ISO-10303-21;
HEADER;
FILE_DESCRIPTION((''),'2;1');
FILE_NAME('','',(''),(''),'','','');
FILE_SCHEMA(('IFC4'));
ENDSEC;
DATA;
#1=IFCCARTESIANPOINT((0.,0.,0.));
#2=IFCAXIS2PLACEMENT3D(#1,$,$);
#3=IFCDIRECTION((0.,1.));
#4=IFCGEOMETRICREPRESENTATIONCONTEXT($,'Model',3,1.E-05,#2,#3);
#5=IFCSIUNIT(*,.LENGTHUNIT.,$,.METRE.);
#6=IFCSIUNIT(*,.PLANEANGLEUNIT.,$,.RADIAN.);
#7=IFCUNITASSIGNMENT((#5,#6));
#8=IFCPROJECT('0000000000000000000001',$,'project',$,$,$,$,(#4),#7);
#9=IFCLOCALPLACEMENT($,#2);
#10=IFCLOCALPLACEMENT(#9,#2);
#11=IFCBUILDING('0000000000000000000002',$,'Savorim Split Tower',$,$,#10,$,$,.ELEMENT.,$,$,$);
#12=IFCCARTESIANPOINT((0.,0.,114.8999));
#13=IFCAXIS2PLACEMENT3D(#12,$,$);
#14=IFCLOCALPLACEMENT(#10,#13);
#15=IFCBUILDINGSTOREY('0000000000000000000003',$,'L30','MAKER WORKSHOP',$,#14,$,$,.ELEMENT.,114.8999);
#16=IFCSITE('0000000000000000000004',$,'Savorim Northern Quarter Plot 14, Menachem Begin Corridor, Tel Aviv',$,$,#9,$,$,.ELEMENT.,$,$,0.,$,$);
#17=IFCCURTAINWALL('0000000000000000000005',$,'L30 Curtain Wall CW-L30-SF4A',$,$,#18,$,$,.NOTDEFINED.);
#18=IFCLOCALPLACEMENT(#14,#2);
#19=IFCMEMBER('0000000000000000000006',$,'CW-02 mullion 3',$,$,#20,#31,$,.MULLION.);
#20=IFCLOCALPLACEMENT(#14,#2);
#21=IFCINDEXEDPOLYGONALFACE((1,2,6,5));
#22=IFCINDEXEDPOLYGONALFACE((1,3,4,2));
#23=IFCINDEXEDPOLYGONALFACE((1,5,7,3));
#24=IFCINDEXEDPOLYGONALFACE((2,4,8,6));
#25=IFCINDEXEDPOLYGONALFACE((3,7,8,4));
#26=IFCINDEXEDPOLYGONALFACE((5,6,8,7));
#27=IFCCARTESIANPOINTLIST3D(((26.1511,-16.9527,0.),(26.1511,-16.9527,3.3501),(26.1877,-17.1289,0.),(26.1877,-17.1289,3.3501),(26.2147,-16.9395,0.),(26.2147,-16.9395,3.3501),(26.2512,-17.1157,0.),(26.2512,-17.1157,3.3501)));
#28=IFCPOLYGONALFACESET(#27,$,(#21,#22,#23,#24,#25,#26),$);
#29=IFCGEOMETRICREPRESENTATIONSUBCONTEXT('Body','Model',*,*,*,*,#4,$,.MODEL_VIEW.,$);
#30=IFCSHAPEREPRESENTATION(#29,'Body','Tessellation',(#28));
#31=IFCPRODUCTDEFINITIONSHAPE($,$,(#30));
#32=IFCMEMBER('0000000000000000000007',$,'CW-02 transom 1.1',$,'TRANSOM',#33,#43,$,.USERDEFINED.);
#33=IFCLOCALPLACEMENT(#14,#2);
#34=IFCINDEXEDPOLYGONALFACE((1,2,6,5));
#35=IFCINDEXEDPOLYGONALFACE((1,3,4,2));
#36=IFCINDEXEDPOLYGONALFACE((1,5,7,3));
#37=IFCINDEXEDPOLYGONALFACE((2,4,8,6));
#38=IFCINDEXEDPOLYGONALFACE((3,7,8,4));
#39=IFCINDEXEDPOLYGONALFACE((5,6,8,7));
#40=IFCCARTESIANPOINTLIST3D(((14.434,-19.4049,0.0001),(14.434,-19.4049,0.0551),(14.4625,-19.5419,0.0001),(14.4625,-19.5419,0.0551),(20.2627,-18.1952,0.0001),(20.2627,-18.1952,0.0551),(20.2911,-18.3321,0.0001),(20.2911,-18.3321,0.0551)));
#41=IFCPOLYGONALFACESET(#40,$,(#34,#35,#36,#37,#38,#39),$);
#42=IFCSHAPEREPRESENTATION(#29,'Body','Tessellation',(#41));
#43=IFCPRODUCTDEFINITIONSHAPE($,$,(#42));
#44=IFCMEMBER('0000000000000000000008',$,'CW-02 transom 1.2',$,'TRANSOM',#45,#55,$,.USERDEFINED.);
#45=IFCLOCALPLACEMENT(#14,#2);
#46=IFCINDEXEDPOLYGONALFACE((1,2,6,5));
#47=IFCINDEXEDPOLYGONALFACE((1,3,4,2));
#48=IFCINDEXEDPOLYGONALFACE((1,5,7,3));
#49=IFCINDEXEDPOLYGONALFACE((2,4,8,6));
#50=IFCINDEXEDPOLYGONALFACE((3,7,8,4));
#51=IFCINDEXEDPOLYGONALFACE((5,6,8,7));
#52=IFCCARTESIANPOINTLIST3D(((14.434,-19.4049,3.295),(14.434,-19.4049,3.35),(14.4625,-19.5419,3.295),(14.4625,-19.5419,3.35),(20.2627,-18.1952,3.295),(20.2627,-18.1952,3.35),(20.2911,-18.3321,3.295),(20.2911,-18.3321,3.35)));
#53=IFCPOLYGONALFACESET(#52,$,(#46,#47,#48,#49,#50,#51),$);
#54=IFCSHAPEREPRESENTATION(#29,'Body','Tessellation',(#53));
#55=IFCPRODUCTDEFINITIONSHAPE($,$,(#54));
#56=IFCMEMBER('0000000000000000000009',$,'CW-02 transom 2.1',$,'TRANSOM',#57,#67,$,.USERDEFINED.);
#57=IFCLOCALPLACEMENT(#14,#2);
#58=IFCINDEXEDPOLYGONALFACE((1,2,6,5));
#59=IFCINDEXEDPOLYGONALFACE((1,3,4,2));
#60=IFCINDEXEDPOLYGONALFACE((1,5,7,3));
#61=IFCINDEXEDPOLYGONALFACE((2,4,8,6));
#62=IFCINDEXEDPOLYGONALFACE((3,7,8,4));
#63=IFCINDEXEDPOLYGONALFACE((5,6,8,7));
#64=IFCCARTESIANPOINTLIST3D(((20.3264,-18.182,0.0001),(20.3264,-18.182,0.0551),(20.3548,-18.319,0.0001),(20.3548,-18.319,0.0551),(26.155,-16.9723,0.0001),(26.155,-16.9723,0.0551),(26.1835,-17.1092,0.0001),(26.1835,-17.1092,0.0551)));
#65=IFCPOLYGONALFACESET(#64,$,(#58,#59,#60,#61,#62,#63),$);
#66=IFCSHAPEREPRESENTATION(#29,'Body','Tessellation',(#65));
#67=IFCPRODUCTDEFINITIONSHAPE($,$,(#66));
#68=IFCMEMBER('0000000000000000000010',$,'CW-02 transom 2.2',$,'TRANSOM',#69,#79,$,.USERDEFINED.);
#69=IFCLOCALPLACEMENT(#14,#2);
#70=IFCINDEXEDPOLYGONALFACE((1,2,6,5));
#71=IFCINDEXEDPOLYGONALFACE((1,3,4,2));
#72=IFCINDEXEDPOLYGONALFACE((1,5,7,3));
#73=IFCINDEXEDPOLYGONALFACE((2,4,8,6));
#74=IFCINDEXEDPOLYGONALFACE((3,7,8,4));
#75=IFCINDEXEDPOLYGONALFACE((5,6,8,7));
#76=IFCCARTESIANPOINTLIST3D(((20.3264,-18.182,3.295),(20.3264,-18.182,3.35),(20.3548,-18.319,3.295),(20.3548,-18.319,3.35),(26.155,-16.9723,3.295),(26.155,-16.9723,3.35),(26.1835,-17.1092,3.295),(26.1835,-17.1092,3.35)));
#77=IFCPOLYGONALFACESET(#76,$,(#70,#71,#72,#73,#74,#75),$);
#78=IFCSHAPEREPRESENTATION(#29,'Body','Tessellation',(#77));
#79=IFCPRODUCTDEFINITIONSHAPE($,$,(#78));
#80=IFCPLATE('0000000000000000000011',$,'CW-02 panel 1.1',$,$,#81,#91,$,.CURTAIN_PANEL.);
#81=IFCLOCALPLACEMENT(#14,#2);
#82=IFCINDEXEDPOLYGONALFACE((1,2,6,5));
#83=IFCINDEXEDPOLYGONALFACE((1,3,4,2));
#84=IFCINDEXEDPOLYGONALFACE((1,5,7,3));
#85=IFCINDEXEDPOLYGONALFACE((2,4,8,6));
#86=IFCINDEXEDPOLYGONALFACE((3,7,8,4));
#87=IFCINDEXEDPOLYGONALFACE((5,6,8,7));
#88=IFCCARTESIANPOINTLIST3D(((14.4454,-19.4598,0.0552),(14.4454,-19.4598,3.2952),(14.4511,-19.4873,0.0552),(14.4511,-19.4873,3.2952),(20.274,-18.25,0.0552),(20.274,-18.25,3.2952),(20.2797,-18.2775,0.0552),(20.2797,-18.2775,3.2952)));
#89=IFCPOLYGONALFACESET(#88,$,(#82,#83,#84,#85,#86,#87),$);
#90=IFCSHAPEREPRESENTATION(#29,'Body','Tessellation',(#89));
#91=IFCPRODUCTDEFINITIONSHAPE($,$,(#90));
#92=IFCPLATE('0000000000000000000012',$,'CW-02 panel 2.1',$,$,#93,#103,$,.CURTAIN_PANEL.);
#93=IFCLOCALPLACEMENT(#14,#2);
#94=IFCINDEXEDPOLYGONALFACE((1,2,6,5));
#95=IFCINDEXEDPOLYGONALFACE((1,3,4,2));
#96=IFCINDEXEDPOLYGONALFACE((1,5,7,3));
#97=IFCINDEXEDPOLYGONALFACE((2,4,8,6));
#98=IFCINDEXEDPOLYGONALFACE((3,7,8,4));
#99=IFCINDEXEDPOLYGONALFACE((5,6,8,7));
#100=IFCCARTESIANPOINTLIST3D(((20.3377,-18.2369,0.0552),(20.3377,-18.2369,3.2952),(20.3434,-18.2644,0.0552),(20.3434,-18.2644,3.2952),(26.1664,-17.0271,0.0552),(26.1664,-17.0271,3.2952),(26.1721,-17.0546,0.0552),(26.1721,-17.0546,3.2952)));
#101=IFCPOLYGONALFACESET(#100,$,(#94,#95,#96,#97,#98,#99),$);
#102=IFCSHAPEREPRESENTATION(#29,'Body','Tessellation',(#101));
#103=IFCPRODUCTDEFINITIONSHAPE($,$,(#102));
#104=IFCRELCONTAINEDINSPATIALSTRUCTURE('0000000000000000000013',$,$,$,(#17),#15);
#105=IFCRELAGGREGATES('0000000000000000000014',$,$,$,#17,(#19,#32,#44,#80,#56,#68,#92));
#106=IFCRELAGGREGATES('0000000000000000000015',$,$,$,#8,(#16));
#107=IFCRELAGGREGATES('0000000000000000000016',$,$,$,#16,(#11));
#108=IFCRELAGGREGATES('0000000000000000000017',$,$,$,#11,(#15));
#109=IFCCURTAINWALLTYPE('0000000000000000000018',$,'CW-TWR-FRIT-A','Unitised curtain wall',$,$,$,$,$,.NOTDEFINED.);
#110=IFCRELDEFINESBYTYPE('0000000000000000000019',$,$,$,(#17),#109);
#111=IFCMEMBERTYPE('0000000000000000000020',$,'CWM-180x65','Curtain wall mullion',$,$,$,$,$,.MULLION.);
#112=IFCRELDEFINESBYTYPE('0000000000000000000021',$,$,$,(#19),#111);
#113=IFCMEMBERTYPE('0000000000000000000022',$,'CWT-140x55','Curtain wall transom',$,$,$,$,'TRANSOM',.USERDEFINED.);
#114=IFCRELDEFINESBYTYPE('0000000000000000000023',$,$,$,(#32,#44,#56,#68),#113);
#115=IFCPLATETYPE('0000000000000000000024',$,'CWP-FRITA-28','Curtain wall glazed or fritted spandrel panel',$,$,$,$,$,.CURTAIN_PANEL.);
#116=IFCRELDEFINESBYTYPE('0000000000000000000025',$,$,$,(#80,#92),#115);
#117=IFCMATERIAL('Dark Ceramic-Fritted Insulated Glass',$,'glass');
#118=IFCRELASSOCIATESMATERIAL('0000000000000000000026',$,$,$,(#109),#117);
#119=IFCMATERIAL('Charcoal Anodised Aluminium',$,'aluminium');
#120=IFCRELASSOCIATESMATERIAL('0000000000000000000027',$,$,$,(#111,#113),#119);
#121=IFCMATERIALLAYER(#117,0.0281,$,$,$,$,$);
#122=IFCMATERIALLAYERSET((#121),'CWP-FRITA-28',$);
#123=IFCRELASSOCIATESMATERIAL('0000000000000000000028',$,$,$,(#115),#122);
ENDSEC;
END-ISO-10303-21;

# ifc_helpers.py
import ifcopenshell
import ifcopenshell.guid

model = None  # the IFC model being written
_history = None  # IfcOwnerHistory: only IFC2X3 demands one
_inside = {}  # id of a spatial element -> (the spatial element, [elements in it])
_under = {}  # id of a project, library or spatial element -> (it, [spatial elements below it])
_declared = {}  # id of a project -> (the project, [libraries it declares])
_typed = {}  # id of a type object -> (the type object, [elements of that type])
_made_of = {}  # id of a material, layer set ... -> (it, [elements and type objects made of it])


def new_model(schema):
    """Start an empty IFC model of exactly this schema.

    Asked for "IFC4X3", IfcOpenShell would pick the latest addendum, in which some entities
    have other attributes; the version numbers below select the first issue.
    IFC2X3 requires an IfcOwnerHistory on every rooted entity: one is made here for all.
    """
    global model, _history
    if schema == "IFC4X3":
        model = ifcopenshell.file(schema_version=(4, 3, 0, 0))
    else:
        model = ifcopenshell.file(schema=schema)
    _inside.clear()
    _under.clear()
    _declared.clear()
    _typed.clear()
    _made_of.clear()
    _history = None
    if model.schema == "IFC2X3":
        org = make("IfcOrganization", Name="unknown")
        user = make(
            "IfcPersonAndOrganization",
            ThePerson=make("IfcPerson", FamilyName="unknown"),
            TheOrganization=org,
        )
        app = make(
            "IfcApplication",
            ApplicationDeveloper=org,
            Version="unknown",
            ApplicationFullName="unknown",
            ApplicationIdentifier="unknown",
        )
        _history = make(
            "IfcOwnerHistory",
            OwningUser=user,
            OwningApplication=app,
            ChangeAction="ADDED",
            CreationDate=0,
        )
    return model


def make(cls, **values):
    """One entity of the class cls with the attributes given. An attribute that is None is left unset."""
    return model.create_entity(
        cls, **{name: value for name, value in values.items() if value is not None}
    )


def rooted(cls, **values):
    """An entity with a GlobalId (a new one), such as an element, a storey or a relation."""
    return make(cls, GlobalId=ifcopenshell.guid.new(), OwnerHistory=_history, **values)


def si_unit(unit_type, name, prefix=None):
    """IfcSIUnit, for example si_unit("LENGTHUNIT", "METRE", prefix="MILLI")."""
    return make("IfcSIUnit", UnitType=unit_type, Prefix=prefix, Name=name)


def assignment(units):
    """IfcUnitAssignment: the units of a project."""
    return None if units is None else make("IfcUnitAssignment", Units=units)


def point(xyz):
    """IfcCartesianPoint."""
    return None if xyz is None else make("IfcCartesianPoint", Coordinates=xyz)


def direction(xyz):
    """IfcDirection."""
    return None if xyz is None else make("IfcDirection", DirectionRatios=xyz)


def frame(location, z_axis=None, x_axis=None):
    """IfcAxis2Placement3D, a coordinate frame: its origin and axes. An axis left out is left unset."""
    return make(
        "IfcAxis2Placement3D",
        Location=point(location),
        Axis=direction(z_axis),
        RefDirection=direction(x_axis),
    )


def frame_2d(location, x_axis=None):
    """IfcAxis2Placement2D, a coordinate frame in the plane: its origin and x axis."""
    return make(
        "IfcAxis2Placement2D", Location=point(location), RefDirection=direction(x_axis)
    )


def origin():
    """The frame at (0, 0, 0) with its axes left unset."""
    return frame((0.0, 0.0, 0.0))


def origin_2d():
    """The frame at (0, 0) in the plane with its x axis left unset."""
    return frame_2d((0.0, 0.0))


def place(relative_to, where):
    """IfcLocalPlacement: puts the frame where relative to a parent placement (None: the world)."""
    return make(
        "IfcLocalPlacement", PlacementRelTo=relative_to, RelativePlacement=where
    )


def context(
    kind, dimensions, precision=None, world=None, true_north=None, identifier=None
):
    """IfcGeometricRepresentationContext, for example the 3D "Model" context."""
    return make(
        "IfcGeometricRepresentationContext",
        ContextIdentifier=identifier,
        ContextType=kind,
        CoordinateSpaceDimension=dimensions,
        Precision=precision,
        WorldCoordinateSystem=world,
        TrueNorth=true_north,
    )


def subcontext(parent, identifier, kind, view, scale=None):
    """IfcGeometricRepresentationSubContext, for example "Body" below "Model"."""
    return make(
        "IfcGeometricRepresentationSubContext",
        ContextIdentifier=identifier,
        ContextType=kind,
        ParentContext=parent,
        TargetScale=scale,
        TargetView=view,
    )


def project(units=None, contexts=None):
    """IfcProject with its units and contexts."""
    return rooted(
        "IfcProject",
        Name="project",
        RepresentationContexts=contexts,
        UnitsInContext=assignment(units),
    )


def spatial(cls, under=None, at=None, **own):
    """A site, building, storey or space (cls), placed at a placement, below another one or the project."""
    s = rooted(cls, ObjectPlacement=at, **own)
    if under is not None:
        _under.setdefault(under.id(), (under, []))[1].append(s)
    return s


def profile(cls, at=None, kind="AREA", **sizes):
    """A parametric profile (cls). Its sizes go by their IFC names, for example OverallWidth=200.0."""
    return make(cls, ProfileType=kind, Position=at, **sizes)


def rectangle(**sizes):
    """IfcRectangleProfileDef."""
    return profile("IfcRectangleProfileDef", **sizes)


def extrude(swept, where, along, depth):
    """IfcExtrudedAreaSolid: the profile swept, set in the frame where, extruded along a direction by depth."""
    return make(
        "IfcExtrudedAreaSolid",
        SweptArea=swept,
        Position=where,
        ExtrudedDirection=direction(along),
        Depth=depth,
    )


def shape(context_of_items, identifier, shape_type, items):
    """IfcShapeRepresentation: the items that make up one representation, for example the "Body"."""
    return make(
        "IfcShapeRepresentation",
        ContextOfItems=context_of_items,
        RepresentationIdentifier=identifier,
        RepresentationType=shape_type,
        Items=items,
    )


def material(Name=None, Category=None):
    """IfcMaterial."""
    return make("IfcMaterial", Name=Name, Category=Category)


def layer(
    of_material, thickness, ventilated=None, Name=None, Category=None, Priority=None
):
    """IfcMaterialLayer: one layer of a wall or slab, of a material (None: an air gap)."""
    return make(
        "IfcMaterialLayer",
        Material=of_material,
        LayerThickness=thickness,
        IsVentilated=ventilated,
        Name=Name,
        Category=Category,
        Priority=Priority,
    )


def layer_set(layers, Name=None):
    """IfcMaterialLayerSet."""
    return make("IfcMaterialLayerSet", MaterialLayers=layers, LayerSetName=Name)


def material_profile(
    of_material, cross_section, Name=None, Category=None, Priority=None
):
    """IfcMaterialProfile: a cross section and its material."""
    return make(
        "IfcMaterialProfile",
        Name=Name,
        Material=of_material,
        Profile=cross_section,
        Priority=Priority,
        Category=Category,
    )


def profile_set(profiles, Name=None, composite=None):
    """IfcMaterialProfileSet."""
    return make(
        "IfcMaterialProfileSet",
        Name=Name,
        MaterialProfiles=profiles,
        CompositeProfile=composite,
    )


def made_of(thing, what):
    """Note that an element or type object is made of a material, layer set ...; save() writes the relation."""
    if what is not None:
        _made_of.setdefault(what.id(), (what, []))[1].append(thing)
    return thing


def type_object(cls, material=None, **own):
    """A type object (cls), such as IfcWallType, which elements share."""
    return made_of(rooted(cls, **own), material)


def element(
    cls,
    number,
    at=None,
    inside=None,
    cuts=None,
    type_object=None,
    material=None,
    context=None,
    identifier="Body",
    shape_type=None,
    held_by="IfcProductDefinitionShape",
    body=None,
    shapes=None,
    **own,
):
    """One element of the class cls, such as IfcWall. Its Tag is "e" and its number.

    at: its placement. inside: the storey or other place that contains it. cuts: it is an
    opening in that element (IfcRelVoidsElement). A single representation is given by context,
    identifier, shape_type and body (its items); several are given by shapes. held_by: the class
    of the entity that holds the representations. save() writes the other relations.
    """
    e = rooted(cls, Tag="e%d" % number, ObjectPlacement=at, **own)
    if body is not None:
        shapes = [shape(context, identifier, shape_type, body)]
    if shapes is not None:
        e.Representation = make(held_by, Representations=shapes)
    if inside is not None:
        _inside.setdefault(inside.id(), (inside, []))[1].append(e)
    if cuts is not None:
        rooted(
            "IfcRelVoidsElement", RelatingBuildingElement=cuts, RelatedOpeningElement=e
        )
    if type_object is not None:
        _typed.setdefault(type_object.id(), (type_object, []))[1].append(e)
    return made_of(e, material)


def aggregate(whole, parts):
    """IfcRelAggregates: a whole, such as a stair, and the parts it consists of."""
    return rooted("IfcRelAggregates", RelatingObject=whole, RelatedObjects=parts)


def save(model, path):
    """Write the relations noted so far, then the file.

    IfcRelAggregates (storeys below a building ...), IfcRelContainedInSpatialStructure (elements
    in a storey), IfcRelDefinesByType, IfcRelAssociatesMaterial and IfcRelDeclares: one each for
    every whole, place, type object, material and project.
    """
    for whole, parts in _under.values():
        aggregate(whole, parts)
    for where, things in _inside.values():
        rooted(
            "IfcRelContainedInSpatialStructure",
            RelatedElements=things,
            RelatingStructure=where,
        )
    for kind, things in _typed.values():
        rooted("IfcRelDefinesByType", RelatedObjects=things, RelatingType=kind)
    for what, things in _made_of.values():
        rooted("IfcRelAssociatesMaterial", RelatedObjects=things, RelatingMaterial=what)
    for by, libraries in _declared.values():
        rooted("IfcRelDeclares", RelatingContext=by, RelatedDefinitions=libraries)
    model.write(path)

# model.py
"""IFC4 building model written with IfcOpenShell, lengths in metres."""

from ifc_helpers import new_model, si_unit, direction, frame, origin, origin_2d, place, context, subcontext, project, spatial, rectangle, extrude, material, layer, layer_set, material_profile, profile_set, type_object, element, aggregate, save


model = new_model("IFC4")

# Units and contexts
model_context = context("Model", 3, precision=1e-05, world=origin(), true_north=direction((0.0, 1.0)))
body_context = subcontext(model_context, "Body", "Model", "MODEL_VIEW")
ifc_project = project(units=[si_unit("LENGTHUNIT", "METRE"), si_unit("PLANEANGLEUNIT", "RADIAN")], contexts=[model_context])

# Site, building, storey
site_placement = place(None, origin())
site = spatial("IfcSite", under=ifc_project, at=site_placement, Name="Savorim Northern Quarter Plot 14, Menachem Begin Corridor, Tel Aviv", CompositionType="ELEMENT", RefElevation=0.0)
building_placement = place(site_placement, origin())
building = spatial("IfcBuilding", under=site, at=building_placement, Name="Savorim Split Tower", CompositionType="ELEMENT")
storey_placement = place(building_placement, frame((0.0, 0.0, 114.8999)))
storey = spatial("IfcBuildingStorey", under=building, at=storey_placement, Name="L30", Description="MAKER WORKSHOP", CompositionType="ELEMENT", Elevation=114.8999)

# Shared definitions
ifc_material_1 = material(Name="Dark Ceramic-Fritted Insulated Glass", Category="glass")
curtain_wall_type = type_object("IfcCurtainWallType", Name="CW-TWR-FRIT-A", Description="Unitised curtain wall", PredefinedType="NOTDEFINED", material=ifc_material_1)
ifc_material_2 = material(Name="Charcoal Anodised Aluminium", Category="aluminium")
ifc_material_profile_1 = material_profile(ifc_material_2, rectangle(XDim=0.1799, YDim=0.0649, at=origin_2d()), Name="ALU-M 180x65")
ifc_profile_set_1 = profile_set([ifc_material_profile_1], Name="Charcoal Anodised Aluminium")
member_type_1 = type_object("IfcMemberType", Name="CWM-180x65", Description="Curtain wall mullion", PredefinedType="MULLION", material=ifc_profile_set_1)

# Curtain wall, members, plates
curtain_wall_1_placement = place(storey_placement, origin())
curtain_wall_1 = element("IfcCurtainWall", 1, at=curtain_wall_1_placement, inside=storey, type_object=curtain_wall_type, Name="L30 Curtain Wall CW-L30-SF4A", PredefinedType="NOTDEFINED")
member_1_placement = place(storey_placement, frame((26.2012, -17.0342, 0.0), z_axis=(0.0, 0.0, 1.0), x_axis=(-0.203216, 0.979134, 0.0)))
member_1 = element("IfcMember", 2, at=member_1_placement, type_object=member_type_1, Name="CW-02 mullion 3", PredefinedType="MULLION", context=body_context, shape_type="SweptSolid", body=[
    extrude(rectangle(XDim=0.1799, YDim=0.0649, at=origin_2d()), origin(), (0.0, 0.0, 1.0), 3.3501),
])
ifc_material_profile_2 = material_profile(ifc_material_2, rectangle(XDim=0.1399, YDim=0.0549, at=origin_2d()), Name="ALU-T 140x55")
ifc_profile_set_2 = profile_set([ifc_material_profile_2], Name="Charcoal Anodised Aluminium")
member_type_2 = type_object("IfcMemberType", Name="CWT-140x55", Description="Curtain wall transom", ElementType="TRANSOM", PredefinedType="USERDEFINED", material=ifc_profile_set_2)
member_2_placement = place(storey_placement, frame((14.4482, -19.4734, 0.0276), z_axis=(0.979134, 0.203217, 0.0), x_axis=(-0.203217, 0.979134, 0.0)))
member_2 = element("IfcMember", 3, at=member_2_placement, type_object=member_type_2, Name="CW-02 transom 1.1", ObjectType="TRANSOM", PredefinedType="USERDEFINED", context=body_context, shape_type="SweptSolid", body=[
    extrude(rectangle(XDim=0.1399, YDim=0.0549, at=origin_2d()), origin(), (0.0, 0.0, 1.0), 5.9529),
])
member_3_placement = place(storey_placement, frame((14.4482, -19.4734, 3.3225), z_axis=(0.979134, 0.203217, 0.0), x_axis=(-0.203217, 0.979134, 0.0)))
member_3 = element("IfcMember", 4, at=member_3_placement, type_object=member_type_2, Name="CW-02 transom 1.2", ObjectType="TRANSOM", PredefinedType="USERDEFINED", context=body_context, shape_type="SweptSolid", body=[
    extrude(rectangle(XDim=0.1399, YDim=0.0549, at=origin_2d()), origin(), (0.0, 0.0, 1.0), 5.9529),
])
member_4_placement = place(storey_placement, frame((20.3406, -18.2505, 0.0276), z_axis=(0.979134, 0.203217, 0.0), x_axis=(-0.203217, 0.979134, 0.0)))
member_4 = element("IfcMember", 5, at=member_4_placement, type_object=member_type_2, Name="CW-02 transom 2.1", ObjectType="TRANSOM", PredefinedType="USERDEFINED", context=body_context, shape_type="SweptSolid", body=[
    extrude(rectangle(XDim=0.1399, YDim=0.0549, at=origin_2d()), origin(), (0.0, 0.0, 1.0), 5.9529),
])
member_5_placement = place(storey_placement, frame((20.3406, -18.2505, 3.3225), z_axis=(0.979134, 0.203217, 0.0), x_axis=(-0.203217, 0.979134, 0.0)))
member_5 = element("IfcMember", 6, at=member_5_placement, type_object=member_type_2, Name="CW-02 transom 2.2", ObjectType="TRANSOM", PredefinedType="USERDEFINED", context=body_context, shape_type="SweptSolid", body=[
    extrude(rectangle(XDim=0.1399, YDim=0.0549, at=origin_2d()), origin(), (0.0, 0.0, 1.0), 5.9529),
])
ifc_layer = layer(ifc_material_1, 0.0281)
ifc_layer_set = layer_set([ifc_layer], Name="CWP-FRITA-28")
plate_type = type_object("IfcPlateType", Name="CWP-FRITA-28", Description="Curtain wall glazed or fritted spandrel panel", PredefinedType="CURTAIN_PANEL", material=ifc_layer_set)
plate_1_placement = place(storey_placement, frame((17.3625, -18.8687, 0.0552), z_axis=(0.0, 0.0, 1.0), x_axis=(0.979134, 0.203216, 0.0)))
plate_1 = element("IfcPlate", 7, at=plate_1_placement, type_object=plate_type, Name="CW-02 panel 1.1", PredefinedType="CURTAIN_PANEL", context=body_context, shape_type="SweptSolid", body=[
    extrude(rectangle(XDim=5.9529, YDim=0.0281, at=origin_2d()), origin(), (0.0, 0.0, 1.0), 3.24),
])
plate_2_placement = place(storey_placement, frame((23.2549, -17.6458, 0.0552), z_axis=(0.0, 0.0, 1.0), x_axis=(0.979134, 0.203216, 0.0)))
plate_2 = element("IfcPlate", 8, at=plate_2_placement, type_object=plate_type, Name="CW-02 panel 2.1", PredefinedType="CURTAIN_PANEL", context=body_context, shape_type="SweptSolid", body=[
    extrude(rectangle(XDim=5.9529, YDim=0.0281, at=origin_2d()), origin(), (0.0, 0.0, 1.0), 3.24),
])
aggregate(curtain_wall_1, [member_1, member_2, member_3, plate_1, member_4, member_5, plate_2])

save(model, "model.ifc")
